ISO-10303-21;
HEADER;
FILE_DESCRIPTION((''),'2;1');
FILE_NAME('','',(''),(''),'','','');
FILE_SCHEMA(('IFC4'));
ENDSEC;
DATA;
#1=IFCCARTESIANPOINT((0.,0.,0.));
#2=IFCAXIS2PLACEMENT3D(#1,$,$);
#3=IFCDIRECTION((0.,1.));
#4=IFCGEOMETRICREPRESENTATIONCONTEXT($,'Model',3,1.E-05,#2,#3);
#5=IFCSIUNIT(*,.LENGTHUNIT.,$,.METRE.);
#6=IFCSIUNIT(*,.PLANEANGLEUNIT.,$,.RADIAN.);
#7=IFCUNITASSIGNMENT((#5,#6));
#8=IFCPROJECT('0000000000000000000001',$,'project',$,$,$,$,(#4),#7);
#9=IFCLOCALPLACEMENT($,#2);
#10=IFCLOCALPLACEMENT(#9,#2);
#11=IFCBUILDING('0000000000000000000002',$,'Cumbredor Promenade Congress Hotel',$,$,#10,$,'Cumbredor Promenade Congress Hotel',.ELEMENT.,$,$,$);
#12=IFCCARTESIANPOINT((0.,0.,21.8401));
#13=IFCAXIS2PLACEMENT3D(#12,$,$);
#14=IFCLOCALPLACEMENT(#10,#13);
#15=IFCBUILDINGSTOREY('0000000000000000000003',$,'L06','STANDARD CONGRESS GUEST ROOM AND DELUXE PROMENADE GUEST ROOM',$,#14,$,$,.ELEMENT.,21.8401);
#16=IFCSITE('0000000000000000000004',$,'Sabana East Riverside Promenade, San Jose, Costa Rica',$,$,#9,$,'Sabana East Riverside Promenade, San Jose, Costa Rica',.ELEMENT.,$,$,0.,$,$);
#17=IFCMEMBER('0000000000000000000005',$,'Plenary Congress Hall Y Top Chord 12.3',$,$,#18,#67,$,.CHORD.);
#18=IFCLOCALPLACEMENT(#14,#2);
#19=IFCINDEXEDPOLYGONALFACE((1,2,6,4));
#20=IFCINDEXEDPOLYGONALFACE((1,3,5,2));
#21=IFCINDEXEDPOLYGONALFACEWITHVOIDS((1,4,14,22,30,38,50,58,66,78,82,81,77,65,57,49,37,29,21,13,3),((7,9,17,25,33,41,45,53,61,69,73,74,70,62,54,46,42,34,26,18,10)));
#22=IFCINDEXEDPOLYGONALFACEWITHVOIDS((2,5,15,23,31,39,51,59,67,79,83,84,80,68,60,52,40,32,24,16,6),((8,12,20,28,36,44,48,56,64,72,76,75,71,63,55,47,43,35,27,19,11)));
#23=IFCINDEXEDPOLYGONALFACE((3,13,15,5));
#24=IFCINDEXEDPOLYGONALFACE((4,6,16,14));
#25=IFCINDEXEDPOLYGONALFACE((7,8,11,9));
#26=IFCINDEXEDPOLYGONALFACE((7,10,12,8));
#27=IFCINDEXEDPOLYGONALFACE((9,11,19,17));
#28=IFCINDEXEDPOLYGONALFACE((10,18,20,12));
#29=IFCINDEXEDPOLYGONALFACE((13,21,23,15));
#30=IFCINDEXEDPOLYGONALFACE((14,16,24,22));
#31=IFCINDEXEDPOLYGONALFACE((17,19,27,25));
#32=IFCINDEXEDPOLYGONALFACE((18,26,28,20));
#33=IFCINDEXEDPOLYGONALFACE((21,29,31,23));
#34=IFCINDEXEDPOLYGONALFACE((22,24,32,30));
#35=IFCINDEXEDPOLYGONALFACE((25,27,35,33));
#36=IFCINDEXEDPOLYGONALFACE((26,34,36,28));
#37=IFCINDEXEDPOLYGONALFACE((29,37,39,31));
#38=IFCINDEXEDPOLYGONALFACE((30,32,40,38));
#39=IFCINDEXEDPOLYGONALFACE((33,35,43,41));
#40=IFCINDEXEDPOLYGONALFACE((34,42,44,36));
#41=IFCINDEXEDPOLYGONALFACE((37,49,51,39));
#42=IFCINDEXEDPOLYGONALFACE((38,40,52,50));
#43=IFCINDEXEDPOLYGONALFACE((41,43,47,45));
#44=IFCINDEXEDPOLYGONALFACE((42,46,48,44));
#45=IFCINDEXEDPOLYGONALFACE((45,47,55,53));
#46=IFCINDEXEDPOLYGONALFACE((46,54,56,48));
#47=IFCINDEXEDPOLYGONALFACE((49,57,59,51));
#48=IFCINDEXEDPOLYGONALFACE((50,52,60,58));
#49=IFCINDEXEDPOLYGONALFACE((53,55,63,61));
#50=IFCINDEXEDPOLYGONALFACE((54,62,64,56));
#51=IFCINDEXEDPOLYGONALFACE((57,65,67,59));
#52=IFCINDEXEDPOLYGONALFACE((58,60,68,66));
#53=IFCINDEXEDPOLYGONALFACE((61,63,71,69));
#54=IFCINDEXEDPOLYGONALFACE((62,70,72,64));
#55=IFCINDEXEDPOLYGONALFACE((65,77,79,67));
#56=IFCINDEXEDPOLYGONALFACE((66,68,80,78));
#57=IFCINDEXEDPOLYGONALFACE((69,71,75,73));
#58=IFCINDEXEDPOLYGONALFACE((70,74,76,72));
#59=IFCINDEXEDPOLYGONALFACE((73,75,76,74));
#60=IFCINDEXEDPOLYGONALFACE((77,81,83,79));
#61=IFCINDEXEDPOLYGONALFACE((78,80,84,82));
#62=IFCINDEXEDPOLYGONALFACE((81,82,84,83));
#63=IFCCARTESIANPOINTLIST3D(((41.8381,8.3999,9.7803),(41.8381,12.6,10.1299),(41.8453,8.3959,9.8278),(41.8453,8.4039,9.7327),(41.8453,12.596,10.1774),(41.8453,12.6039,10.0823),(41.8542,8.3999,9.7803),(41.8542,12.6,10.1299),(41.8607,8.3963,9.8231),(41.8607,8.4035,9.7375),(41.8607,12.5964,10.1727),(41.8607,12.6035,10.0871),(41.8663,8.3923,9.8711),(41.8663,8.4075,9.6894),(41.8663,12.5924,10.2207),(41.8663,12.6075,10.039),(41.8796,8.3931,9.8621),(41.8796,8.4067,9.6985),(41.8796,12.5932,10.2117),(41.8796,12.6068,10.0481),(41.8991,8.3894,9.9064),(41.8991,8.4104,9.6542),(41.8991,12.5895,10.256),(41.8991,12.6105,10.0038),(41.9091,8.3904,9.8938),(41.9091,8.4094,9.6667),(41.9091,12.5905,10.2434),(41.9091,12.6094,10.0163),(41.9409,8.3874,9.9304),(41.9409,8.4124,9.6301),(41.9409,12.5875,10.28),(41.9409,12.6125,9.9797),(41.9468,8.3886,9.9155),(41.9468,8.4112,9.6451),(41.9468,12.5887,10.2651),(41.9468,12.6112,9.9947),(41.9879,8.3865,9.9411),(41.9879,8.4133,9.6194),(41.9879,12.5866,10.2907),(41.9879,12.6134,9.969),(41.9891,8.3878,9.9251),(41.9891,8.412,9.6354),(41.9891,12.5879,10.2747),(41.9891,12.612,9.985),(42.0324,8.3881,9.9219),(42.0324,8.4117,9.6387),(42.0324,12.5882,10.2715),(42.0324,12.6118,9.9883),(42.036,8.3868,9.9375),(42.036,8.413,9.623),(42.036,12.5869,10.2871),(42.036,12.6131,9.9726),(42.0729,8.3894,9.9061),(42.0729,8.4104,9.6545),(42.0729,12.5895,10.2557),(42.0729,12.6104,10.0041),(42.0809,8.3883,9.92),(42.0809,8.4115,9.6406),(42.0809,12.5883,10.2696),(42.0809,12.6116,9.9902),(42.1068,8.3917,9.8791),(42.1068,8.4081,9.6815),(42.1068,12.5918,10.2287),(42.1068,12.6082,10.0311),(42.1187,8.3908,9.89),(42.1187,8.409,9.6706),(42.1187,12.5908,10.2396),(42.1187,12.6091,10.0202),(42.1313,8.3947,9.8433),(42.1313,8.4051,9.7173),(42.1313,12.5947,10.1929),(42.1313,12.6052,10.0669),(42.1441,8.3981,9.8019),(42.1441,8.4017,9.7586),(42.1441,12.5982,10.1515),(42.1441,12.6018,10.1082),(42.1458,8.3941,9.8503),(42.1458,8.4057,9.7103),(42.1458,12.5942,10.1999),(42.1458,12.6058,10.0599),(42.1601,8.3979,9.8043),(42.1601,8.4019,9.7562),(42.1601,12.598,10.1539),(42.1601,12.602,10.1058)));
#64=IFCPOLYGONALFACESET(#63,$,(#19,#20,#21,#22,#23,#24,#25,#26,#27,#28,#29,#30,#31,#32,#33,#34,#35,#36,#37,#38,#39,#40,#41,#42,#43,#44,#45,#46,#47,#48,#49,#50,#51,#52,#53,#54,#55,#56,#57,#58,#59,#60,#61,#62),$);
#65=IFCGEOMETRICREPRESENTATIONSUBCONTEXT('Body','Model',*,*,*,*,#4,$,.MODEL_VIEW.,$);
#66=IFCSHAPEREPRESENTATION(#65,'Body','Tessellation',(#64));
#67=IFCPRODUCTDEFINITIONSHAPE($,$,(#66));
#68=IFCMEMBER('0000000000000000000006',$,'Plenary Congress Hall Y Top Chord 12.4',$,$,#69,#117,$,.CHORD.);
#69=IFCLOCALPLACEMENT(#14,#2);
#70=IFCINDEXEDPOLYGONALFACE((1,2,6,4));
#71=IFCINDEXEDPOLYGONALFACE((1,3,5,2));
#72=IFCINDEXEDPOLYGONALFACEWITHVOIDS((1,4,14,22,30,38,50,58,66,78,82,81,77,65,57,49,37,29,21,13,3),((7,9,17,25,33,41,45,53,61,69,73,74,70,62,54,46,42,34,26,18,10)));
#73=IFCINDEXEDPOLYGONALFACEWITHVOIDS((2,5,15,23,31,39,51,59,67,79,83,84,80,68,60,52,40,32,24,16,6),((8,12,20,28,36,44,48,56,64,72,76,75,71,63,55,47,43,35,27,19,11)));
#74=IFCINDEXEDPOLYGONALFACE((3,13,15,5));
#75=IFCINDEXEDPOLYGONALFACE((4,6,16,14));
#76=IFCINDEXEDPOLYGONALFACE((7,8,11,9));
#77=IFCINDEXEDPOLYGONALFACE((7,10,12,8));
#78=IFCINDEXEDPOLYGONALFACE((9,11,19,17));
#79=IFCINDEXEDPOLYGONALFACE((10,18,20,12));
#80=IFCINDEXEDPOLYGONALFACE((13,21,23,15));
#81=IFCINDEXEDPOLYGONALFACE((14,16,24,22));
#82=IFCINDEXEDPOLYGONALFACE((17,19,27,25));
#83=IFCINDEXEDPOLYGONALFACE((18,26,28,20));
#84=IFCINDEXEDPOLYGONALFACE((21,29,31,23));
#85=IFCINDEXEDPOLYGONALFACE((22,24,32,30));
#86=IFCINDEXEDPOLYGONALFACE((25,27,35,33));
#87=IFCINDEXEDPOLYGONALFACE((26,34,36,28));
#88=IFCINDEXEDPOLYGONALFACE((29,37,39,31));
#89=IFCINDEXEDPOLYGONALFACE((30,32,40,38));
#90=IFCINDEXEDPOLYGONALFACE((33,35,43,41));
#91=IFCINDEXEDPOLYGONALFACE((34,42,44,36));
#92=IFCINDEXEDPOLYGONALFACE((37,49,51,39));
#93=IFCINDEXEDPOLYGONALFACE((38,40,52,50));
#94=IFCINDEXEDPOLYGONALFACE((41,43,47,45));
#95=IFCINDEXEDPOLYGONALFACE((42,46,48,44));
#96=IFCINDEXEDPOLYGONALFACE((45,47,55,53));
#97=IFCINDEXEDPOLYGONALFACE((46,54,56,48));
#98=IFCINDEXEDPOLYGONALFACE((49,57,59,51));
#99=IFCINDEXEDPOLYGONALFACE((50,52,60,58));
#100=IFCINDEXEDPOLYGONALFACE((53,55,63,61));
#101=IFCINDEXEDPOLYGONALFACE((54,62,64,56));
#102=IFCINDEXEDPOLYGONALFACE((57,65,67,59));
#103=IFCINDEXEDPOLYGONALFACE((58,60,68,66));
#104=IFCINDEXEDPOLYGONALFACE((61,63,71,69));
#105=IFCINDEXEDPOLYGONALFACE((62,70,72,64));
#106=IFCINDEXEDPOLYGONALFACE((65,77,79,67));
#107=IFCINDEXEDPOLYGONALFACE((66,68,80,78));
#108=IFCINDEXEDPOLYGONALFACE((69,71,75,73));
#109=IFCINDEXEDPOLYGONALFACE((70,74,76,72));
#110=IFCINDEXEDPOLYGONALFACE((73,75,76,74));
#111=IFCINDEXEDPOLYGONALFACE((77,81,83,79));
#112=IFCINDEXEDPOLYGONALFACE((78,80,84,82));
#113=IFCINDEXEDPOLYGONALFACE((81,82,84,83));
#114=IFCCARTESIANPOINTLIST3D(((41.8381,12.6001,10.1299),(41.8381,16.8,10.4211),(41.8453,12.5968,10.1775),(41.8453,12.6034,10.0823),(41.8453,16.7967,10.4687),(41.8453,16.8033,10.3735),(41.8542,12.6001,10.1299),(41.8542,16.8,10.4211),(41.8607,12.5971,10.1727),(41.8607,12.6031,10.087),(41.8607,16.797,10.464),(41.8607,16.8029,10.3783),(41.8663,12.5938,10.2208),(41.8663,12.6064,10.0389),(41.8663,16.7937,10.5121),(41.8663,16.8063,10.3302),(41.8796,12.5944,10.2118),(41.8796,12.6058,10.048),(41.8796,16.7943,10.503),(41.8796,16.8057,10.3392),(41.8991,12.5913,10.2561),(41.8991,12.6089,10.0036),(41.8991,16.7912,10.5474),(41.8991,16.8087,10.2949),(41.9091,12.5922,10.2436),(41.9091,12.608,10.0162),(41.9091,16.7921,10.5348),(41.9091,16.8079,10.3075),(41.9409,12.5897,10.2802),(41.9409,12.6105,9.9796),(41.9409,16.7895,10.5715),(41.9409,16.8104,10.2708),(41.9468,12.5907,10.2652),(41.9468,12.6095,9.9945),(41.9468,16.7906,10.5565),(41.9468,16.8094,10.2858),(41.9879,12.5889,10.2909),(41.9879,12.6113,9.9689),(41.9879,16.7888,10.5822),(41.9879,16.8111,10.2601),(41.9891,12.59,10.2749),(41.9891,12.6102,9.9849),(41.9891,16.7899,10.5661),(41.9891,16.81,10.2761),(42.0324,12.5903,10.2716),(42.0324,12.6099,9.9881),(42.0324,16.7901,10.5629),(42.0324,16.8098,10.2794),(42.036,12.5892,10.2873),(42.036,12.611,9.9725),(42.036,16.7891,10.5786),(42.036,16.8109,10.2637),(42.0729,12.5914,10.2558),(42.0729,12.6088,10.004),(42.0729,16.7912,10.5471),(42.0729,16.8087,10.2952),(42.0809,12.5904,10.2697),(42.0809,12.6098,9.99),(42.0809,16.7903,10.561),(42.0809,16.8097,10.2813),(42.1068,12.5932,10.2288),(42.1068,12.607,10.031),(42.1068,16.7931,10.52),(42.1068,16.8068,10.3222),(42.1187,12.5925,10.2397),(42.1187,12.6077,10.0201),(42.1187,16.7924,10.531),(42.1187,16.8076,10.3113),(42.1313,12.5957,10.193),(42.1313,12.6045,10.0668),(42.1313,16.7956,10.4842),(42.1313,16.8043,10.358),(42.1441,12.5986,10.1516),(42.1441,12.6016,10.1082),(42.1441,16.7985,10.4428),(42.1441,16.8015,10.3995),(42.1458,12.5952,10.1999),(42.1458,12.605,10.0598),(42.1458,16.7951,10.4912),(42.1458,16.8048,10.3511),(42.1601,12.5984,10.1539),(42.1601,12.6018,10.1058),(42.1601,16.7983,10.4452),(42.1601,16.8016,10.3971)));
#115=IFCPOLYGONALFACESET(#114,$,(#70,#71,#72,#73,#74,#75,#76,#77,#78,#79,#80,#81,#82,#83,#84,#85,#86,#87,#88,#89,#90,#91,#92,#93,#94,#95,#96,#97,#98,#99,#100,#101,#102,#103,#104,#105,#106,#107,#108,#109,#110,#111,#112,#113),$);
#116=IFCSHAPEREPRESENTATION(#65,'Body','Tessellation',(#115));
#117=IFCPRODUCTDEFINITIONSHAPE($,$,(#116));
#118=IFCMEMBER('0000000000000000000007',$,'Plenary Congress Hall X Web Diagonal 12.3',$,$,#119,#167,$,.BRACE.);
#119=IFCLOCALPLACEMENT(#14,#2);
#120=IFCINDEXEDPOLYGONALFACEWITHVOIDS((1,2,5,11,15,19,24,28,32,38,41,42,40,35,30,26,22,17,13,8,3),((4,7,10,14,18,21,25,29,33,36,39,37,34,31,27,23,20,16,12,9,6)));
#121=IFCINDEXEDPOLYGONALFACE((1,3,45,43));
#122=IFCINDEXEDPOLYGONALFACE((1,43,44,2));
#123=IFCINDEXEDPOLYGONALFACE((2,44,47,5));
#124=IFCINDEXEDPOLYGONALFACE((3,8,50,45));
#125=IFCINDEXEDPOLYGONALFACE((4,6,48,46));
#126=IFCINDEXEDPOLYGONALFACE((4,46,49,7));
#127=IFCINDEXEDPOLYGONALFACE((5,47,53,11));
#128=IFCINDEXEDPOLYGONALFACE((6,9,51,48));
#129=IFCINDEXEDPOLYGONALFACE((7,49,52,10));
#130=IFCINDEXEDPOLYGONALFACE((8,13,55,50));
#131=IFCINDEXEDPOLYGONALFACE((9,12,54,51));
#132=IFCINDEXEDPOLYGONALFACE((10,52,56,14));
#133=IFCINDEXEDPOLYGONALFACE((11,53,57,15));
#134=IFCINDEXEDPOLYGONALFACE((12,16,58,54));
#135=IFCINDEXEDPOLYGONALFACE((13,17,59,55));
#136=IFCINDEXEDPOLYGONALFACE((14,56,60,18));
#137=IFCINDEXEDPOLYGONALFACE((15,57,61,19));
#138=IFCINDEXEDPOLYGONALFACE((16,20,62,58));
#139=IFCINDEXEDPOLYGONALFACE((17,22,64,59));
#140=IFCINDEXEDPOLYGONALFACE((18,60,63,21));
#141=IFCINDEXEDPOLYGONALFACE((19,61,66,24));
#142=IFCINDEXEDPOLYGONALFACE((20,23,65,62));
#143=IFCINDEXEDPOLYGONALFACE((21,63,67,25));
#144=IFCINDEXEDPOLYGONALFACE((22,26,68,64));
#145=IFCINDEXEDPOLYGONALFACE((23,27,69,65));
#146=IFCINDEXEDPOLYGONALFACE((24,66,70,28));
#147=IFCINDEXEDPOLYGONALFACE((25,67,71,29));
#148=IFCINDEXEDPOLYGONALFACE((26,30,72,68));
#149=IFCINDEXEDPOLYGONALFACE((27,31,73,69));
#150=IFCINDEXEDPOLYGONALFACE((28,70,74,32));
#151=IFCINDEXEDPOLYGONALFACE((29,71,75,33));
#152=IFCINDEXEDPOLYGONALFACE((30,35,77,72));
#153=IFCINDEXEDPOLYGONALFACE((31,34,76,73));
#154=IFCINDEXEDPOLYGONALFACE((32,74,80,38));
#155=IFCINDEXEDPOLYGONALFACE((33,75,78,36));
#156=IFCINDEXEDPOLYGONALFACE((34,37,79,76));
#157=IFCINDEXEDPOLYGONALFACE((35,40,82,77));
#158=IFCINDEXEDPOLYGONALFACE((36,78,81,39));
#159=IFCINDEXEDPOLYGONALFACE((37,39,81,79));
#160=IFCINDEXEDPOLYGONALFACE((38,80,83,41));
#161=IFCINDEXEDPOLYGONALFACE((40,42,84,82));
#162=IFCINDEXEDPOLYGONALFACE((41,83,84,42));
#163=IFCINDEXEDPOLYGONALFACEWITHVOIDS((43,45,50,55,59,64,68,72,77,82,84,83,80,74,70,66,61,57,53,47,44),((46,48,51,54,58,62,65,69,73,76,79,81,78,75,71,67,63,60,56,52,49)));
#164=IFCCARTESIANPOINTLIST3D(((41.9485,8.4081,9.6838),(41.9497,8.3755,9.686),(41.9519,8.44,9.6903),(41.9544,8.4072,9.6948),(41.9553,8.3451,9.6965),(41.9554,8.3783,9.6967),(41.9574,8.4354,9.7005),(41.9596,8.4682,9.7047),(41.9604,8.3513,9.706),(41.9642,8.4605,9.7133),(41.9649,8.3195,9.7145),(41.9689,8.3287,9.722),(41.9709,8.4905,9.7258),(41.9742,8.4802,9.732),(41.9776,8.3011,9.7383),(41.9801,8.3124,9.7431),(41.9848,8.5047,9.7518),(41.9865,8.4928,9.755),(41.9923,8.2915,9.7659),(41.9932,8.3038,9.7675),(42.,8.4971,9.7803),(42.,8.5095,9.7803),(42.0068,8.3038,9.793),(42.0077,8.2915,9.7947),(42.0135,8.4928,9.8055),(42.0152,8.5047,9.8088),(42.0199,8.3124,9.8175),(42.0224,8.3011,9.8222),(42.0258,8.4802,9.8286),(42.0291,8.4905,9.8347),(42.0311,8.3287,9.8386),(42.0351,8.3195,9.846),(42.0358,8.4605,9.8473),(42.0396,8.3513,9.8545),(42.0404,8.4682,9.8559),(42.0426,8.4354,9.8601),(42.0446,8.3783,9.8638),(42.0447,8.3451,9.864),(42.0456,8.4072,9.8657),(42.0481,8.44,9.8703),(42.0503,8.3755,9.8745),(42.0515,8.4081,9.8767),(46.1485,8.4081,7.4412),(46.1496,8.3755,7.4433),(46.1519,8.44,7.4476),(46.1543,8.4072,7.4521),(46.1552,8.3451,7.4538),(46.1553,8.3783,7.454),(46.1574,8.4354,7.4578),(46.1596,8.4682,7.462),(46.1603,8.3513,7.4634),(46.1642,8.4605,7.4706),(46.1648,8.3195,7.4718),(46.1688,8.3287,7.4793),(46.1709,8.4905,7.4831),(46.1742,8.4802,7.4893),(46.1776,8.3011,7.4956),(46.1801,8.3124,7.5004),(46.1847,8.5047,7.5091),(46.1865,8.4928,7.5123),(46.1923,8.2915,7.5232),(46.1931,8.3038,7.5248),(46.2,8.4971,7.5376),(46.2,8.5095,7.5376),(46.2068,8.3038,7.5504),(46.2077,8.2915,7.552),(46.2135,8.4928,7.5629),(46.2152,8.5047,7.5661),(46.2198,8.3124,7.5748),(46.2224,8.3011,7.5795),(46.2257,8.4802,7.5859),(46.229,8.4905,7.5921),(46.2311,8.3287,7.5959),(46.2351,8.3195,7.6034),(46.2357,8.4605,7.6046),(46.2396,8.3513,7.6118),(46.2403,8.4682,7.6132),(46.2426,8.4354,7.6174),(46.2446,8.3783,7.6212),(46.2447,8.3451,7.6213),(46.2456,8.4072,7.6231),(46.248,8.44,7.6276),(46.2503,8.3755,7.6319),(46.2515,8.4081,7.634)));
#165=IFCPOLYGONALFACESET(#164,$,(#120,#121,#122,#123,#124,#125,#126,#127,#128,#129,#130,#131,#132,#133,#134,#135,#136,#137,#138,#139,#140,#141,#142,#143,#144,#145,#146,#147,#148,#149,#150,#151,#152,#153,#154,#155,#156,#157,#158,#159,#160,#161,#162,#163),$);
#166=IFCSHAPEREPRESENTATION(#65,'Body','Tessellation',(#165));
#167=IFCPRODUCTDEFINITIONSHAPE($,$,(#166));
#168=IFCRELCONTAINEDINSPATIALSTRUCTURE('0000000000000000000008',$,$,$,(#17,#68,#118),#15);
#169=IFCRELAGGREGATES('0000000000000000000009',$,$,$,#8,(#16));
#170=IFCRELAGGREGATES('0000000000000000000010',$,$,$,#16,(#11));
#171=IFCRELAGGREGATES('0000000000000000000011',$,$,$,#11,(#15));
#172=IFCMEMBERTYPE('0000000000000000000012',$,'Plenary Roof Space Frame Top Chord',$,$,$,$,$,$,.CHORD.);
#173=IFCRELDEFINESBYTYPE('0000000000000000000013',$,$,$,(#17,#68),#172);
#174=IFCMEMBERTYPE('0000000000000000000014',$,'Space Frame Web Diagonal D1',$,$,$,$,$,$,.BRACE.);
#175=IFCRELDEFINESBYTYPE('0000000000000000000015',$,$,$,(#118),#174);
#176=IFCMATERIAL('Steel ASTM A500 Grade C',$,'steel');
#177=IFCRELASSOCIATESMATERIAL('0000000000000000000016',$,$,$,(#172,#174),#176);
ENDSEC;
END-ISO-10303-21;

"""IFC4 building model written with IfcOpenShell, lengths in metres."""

from ifc_helpers import new_model, si_unit, direction, frame, origin, origin_2d, place, context, subcontext, project, spatial, hollow_circle, extrude, material, material_profile, profile_set, type_object, element, save


model = new_model("IFC4")

# Units and contexts
model_context = context("Model", 3, precision=1e-05, world=origin(), true_north=direction((0.0, 1.0)))
body_context = subcontext(model_context, "Body", "Model", "MODEL_VIEW")
ifc_project = project(units=[si_unit("LENGTHUNIT", "METRE"), si_unit("PLANEANGLEUNIT", "RADIAN")], contexts=[model_context])

# Site, building, storey
site_placement = place(None, origin())
site = spatial("IfcSite", under=ifc_project, at=site_placement, Name="Sabana East Riverside Promenade, San Jose, Costa Rica", LongName="Sabana East Riverside Promenade, San Jose, Costa Rica", CompositionType="ELEMENT", RefElevation=0.0)
building_placement = place(site_placement, origin())
building = spatial("IfcBuilding", under=site, at=building_placement, Name="Cumbredor Promenade Congress Hotel", LongName="Cumbredor Promenade Congress Hotel", CompositionType="ELEMENT")
storey_placement = place(building_placement, frame((0.0, 0.0, 21.8401)))
storey = spatial("IfcBuildingStorey", under=building, at=storey_placement, Name="L06", Description="STANDARD CONGRESS GUEST ROOM AND DELUXE PROMENADE GUEST ROOM", CompositionType="ELEMENT", Elevation=21.8401)

# Members
ifc_material_1 = material(Name="Steel ASTM A500 Grade C", Category="steel")
ifc_material_profile_1 = material_profile(ifc_material_1, hollow_circle(Radius=0.1619, WallThickness=0.0161, at=origin_2d()), Name="CHS 323.9x16")
ifc_profile_set_1 = profile_set([ifc_material_profile_1], Name="Steel ASTM A500 Grade C")
member_type_1 = type_object("IfcMemberType", Name="Plenary Roof Space Frame Top Chord", PredefinedType="CHORD", material=ifc_profile_set_1)
member_1_placement = place(storey_placement, frame((42.0, 8.3999, 9.7803), z_axis=(0.0, 0.996554, 0.08295), x_axis=(-1.0, 0.0, 0.0)))
element("IfcMember", 1, at=member_1_placement, inside=storey, type_object=member_type_1, Name="Plenary Congress Hall Y Top Chord 12.3", PredefinedType="CHORD", context=body_context, shape_type="SweptSolid", body=[
    extrude(hollow_circle(Radius=0.1619, WallThickness=0.0161, at=origin_2d()), origin(), (0.0, 0.0, 1.0), 4.2146),
])
member_2_placement = place(storey_placement, frame((42.0, 12.6001, 10.1299), z_axis=(0.0, 0.997604, 0.069182), x_axis=(-1.0, 0.0, 0.0)))
element("IfcMember", 2, at=member_2_placement, inside=storey, type_object=member_type_1, Name="Plenary Congress Hall Y Top Chord 12.4", PredefinedType="CHORD", context=body_context, shape_type="SweptSolid", body=[
    extrude(hollow_circle(Radius=0.1619, WallThickness=0.0161, at=origin_2d()), origin(), (0.0, 0.0, 1.0), 4.21),
])
ifc_material_profile_2 = material_profile(ifc_material_1, hollow_circle(Radius=0.1096, WallThickness=0.0125, at=origin_2d()), Name="CHS 219.1x12.5")
ifc_profile_set_2 = profile_set([ifc_material_profile_2], Name="Steel ASTM A500 Grade C")
member_type_2 = type_object("IfcMemberType", Name="Space Frame Web Diagonal D1", PredefinedType="BRACE", material=ifc_profile_set_2)
member_3_placement = place(storey_placement, frame((42.0, 8.3999, 9.7803), z_axis=(0.882117, 0.0, -0.47103), x_axis=(0.0, 1.0, 0.0)))
element("IfcMember", 3, at=member_3_placement, inside=storey, type_object=member_type_2, Name="Plenary Congress Hall X Web Diagonal 12.3", PredefinedType="BRACE", context=body_context, shape_type="SweptSolid", body=[
    extrude(hollow_circle(Radius=0.1096, WallThickness=0.0125, at=origin_2d()), origin(), (0.0, 0.0, 1.0), 4.7612),
])

save(model, "model.ifc")
